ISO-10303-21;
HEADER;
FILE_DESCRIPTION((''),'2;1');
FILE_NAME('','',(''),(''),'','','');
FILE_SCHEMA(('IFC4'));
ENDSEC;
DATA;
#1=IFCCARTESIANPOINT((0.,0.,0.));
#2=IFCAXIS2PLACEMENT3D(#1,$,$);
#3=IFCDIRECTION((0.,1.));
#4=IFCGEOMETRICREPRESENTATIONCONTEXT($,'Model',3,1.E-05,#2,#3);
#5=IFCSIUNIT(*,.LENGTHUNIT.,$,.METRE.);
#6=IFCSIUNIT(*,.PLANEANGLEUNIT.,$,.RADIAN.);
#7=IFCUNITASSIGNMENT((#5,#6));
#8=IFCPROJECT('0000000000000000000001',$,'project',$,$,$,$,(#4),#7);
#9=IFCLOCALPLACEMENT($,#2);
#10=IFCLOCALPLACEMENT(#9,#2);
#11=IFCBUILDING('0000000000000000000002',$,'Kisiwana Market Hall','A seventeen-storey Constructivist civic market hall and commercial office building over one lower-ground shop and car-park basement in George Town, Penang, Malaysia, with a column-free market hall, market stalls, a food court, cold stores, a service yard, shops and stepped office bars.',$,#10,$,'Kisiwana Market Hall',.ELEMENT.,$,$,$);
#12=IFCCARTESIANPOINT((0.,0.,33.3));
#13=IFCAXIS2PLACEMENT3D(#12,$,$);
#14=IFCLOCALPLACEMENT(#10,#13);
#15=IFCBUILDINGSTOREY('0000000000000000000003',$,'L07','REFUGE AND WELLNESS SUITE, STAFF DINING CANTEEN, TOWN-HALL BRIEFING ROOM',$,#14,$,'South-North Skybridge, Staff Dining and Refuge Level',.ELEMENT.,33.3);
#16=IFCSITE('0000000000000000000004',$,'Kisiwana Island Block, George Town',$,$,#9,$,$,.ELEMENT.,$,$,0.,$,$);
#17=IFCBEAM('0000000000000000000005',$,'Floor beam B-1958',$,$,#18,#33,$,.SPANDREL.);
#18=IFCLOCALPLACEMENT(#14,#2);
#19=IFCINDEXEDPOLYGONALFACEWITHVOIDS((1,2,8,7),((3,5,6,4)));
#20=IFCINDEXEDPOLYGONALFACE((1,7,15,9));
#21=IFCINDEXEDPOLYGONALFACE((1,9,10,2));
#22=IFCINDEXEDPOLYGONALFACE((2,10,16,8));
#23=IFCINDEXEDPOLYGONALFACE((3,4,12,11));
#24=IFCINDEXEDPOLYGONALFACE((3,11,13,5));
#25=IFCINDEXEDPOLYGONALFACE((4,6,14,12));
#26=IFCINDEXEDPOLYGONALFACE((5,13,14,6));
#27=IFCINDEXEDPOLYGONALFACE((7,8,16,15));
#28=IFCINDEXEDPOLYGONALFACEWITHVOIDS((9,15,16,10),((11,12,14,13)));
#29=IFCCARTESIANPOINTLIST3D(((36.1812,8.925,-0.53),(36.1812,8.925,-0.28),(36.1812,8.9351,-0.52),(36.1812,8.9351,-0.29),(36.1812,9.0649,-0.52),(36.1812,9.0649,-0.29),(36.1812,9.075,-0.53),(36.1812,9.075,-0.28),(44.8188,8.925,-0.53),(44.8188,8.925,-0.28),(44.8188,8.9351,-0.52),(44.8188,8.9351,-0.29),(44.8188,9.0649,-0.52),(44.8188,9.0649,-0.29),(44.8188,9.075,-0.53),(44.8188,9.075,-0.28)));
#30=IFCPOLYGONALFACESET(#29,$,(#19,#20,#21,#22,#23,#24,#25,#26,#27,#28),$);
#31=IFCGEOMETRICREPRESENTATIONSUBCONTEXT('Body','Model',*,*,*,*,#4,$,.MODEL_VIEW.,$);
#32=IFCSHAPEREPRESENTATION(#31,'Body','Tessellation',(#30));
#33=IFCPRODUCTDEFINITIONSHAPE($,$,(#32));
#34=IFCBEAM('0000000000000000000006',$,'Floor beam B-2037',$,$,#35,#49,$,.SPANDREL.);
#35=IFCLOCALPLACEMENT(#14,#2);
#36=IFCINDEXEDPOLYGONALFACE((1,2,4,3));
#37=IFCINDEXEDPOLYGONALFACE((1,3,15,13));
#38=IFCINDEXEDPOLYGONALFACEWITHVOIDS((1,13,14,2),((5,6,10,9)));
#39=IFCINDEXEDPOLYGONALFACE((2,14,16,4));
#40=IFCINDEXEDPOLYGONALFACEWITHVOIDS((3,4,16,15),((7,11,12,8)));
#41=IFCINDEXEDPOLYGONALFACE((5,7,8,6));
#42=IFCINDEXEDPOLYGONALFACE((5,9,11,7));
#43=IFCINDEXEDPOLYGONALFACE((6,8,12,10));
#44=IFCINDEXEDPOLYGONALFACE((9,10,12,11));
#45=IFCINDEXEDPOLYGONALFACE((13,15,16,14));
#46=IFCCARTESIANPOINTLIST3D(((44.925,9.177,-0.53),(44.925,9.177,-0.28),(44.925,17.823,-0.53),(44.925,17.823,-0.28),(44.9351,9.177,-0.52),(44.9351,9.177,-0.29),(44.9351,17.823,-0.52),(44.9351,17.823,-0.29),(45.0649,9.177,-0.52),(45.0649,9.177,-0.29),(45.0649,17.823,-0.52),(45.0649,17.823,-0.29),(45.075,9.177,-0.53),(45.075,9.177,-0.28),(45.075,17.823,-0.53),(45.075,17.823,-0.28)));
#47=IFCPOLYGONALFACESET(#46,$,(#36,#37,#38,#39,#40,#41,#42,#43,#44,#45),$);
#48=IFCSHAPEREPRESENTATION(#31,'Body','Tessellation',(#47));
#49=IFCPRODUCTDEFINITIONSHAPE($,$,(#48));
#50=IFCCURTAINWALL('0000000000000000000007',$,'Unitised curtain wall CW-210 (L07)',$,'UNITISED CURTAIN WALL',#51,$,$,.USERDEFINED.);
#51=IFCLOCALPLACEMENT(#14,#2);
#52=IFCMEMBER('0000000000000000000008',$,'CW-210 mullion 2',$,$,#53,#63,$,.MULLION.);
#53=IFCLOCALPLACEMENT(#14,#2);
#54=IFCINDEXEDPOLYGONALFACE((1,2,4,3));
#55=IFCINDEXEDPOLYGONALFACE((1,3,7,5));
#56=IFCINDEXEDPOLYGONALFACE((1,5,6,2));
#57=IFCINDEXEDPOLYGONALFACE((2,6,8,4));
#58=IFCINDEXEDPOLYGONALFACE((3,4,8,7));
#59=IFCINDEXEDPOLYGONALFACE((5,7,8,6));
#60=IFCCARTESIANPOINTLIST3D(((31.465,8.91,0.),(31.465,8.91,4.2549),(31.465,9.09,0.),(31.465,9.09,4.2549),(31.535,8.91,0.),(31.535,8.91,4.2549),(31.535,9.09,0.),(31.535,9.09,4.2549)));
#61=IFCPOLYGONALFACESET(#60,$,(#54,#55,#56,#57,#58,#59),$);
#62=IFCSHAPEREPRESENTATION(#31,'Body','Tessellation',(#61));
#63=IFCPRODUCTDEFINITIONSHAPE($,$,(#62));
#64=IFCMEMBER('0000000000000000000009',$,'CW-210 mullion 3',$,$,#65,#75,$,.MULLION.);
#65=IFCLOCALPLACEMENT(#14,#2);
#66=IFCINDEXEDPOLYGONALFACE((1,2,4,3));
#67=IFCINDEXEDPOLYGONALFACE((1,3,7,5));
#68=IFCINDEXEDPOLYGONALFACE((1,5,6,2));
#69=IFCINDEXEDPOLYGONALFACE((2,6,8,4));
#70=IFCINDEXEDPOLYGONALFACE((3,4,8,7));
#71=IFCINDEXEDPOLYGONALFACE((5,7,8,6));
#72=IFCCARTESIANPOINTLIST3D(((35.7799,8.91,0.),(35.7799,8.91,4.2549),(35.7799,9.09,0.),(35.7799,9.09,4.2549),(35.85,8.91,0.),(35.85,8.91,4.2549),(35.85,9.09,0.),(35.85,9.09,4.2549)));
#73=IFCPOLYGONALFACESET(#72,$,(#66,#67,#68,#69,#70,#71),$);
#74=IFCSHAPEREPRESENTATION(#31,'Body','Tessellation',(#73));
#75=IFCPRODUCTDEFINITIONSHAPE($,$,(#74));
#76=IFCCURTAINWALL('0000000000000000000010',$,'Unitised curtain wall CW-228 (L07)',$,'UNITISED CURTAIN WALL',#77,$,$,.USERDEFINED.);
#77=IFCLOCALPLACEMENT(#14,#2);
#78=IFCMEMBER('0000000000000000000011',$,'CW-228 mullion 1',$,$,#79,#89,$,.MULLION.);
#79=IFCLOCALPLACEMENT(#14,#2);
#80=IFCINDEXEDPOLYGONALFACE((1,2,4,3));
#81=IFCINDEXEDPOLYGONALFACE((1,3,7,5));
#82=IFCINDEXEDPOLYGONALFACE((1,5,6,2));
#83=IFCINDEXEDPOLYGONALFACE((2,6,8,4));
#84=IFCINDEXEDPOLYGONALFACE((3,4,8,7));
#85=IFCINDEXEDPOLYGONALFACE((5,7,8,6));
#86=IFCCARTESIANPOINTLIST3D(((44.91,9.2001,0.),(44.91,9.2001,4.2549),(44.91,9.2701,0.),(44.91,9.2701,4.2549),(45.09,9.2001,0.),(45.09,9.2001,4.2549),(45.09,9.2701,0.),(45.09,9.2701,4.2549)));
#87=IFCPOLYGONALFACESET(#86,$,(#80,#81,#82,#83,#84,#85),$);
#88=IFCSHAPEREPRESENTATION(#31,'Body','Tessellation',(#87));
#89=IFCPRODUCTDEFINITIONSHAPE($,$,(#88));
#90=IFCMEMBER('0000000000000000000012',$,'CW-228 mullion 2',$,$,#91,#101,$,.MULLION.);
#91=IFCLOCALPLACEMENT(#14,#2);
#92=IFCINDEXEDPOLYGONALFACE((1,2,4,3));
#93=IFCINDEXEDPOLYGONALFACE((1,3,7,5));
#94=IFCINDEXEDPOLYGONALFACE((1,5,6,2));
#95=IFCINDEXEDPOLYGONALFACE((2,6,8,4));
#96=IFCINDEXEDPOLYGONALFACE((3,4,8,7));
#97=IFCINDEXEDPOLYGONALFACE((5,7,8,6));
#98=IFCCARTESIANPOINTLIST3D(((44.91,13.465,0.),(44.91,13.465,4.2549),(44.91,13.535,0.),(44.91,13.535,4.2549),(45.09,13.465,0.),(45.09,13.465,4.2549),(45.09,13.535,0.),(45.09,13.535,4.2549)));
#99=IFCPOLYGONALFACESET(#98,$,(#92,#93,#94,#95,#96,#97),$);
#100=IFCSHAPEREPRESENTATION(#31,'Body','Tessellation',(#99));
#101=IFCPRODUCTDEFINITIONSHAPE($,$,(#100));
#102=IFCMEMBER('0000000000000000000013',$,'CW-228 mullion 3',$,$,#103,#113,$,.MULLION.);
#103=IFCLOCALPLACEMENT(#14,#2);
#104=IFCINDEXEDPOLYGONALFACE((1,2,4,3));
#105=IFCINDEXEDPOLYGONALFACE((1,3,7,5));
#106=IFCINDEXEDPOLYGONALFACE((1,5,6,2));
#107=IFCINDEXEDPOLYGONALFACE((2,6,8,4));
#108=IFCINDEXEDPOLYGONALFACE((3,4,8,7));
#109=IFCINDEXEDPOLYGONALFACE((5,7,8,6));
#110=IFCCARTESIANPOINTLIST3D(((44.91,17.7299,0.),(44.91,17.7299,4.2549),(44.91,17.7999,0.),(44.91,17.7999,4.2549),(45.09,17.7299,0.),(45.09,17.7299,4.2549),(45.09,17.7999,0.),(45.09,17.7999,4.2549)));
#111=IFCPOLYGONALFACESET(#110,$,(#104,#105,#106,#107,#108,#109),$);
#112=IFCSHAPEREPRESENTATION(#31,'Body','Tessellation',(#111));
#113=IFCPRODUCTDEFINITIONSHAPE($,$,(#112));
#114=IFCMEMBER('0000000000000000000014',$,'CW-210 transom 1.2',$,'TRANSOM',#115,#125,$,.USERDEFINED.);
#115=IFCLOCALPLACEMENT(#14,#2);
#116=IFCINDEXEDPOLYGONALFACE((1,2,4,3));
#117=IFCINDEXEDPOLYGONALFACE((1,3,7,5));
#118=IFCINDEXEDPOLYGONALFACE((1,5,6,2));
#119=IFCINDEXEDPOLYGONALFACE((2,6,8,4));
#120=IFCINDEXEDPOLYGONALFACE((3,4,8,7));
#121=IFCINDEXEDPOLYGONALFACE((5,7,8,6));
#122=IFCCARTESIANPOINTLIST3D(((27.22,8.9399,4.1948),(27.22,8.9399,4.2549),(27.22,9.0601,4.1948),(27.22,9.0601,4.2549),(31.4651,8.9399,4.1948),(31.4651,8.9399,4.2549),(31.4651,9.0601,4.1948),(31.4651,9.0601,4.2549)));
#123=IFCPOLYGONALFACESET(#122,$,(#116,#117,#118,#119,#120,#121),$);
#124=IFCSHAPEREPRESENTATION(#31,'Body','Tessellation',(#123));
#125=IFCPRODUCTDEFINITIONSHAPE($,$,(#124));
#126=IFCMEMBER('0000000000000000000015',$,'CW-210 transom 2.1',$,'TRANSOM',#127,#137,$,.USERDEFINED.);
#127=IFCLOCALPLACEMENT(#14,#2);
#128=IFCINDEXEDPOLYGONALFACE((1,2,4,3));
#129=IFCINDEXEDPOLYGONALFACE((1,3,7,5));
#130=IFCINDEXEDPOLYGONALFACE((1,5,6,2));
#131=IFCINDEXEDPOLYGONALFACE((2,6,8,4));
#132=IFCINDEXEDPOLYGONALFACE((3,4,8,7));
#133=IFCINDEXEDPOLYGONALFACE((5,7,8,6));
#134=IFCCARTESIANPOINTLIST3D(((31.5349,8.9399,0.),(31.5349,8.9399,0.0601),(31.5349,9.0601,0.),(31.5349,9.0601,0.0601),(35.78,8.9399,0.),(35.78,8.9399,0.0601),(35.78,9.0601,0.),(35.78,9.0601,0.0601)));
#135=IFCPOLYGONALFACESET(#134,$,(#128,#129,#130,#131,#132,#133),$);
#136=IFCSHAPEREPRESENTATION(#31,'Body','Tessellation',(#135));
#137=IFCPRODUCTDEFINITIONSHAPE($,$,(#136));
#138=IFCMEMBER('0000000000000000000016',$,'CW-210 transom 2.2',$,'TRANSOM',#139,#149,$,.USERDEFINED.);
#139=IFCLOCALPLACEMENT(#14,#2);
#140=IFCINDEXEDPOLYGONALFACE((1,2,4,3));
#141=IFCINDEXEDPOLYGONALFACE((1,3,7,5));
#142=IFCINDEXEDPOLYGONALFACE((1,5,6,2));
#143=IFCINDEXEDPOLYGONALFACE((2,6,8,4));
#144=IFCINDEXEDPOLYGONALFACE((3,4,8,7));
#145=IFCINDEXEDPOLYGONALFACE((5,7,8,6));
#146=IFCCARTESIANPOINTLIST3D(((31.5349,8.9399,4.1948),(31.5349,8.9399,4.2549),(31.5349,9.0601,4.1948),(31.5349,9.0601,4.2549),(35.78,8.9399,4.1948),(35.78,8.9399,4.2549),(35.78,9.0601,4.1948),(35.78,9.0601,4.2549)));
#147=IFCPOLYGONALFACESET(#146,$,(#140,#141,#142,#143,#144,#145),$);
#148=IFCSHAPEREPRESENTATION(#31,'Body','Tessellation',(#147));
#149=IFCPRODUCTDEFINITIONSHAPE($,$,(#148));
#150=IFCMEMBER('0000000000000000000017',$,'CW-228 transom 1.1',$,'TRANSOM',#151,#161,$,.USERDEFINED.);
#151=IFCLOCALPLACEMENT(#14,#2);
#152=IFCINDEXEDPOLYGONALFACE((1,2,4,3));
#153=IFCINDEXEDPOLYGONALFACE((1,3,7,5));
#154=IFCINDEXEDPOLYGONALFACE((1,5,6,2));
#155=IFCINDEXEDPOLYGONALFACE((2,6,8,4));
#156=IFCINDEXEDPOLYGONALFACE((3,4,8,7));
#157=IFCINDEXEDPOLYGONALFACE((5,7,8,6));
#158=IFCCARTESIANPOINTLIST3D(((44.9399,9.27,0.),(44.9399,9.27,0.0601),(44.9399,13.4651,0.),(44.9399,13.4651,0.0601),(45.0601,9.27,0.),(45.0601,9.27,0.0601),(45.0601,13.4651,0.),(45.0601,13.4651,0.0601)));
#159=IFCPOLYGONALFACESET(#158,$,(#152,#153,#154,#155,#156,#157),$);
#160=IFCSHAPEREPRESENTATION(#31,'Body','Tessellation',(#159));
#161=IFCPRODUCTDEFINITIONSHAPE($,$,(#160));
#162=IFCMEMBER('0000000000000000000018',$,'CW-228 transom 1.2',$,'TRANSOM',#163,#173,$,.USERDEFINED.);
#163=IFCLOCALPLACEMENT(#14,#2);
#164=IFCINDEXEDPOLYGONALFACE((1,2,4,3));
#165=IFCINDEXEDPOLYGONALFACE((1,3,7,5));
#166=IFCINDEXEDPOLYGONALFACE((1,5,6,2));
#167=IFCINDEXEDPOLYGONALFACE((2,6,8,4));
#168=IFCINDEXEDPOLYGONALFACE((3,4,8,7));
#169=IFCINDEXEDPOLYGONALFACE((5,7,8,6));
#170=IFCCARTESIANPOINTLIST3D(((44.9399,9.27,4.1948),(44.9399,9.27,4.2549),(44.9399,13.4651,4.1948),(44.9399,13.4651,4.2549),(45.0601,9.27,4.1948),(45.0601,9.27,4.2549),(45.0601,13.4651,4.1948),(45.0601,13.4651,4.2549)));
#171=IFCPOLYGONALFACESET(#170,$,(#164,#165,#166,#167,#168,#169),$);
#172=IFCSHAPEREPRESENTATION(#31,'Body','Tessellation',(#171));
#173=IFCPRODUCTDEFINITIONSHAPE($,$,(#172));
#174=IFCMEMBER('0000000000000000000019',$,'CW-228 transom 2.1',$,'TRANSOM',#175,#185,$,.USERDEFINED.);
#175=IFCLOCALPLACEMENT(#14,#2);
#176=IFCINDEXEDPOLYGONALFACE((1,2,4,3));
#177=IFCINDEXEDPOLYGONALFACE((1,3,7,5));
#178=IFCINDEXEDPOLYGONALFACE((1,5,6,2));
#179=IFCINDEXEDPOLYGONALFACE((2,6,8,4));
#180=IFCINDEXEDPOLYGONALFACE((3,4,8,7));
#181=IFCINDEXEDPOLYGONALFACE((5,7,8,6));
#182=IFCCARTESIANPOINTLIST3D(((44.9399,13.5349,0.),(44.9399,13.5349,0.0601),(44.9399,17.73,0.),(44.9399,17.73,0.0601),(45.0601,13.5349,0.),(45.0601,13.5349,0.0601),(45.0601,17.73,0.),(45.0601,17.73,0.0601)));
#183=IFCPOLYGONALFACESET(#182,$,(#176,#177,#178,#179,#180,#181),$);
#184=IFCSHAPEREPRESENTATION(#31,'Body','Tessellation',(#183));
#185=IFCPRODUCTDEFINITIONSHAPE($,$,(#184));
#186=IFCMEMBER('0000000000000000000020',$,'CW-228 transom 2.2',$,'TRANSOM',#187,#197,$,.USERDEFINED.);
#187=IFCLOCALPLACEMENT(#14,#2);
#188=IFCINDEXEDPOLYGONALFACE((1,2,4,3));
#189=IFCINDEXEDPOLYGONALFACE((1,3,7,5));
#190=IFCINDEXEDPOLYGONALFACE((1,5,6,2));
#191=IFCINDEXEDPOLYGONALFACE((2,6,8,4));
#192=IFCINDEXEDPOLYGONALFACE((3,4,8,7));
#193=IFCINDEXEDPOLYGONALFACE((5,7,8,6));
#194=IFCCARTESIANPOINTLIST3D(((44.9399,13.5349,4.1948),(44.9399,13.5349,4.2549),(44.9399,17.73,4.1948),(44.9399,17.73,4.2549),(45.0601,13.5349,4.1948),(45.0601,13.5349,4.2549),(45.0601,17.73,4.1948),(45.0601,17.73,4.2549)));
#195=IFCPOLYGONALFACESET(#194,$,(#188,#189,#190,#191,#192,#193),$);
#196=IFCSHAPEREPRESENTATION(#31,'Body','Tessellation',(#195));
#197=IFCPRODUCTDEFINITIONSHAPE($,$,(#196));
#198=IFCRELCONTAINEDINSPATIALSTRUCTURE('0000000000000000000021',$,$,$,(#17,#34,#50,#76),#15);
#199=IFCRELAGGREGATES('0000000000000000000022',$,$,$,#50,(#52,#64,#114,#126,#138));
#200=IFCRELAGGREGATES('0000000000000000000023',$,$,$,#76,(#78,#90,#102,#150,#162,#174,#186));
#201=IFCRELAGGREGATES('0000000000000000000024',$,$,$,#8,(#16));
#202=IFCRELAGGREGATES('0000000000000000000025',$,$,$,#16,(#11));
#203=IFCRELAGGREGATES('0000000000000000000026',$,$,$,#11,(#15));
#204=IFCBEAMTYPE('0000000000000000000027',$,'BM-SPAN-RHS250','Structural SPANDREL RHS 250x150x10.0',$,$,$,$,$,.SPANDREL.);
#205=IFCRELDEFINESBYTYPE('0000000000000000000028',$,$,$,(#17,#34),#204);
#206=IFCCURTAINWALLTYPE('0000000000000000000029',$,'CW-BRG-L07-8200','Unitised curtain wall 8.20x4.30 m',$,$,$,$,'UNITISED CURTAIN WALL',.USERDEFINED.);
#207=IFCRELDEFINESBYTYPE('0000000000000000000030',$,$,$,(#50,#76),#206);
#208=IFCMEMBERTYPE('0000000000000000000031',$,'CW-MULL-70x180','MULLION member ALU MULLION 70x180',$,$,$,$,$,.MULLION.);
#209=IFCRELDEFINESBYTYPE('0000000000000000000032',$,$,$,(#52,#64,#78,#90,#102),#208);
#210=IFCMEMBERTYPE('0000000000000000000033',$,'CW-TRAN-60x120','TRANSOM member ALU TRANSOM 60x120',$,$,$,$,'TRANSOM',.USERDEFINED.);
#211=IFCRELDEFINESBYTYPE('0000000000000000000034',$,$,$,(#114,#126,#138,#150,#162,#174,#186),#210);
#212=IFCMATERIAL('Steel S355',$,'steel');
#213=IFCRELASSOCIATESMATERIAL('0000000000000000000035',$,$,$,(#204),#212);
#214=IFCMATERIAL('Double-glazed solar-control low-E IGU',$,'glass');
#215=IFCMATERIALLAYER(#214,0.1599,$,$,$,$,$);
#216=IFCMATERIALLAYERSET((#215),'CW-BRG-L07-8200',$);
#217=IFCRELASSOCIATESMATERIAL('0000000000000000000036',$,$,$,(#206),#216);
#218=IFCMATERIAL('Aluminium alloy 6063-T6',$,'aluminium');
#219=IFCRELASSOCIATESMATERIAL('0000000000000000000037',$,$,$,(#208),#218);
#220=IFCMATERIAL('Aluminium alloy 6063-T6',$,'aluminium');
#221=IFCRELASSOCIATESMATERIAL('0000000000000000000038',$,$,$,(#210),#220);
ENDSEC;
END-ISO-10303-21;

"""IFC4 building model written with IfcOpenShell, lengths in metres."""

from ifc_helpers import new_model, si_unit, direction, frame, origin, origin_2d, place, context, subcontext, project, spatial, rectangle, hollow_rectangle, extrude, material, layer, layer_set, material_profile, profile_set, type_object, element, aggregate, save


model = new_model("IFC4")

# Units and contexts
model_context = context("Model", 3, precision=1e-05, world=origin(), true_north=direction((0.0, 1.0)))
body_context = subcontext(model_context, "Body", "Model", "MODEL_VIEW")
ifc_project = project(units=[si_unit("LENGTHUNIT", "METRE"), si_unit("PLANEANGLEUNIT", "RADIAN")], contexts=[model_context])

# Site, building, storey
site_placement = place(None, origin())
site = spatial("IfcSite", under=ifc_project, at=site_placement, Name="Kisiwana Island Block, George Town", CompositionType="ELEMENT", RefElevation=0.0)
building_placement = place(site_placement, origin())
building = spatial("IfcBuilding", under=site, at=building_placement, Name="Kisiwana Market Hall", Description="A seventeen-storey Constructivist civic market hall and commercial office building over one lower-ground shop and car-park basement in George Town, Penang, Malaysia, with a column-free market hall, market stalls, a food court, cold stores, a service yard, shops and stepped office bars.", LongName="Kisiwana Market Hall", CompositionType="ELEMENT")
storey_placement = place(building_placement, frame((0.0, 0.0, 33.3)))
storey = spatial("IfcBuildingStorey", under=building, at=storey_placement, Name="L07", Description="REFUGE AND WELLNESS SUITE, STAFF DINING CANTEEN, TOWN-HALL BRIEFING ROOM", LongName="South-North Skybridge, Staff Dining and Refuge Level", CompositionType="ELEMENT", Elevation=33.3)

# Beams
ifc_material_1 = material(Name="Steel S355", Category="steel")
ifc_material_profile_1 = material_profile(ifc_material_1, hollow_rectangle(XDim=0.1499, YDim=0.25, WallThickness=0.01, at=origin_2d()), Name="RHS 250x150x10.0")
ifc_profile_set_1 = profile_set([ifc_material_profile_1], Name="Steel S355")
beam_type_1 = type_object("IfcBeamType", Name="BM-SPAN-RHS250", Description="Structural SPANDREL RHS 250x150x10.0", PredefinedType="SPANDREL", material=ifc_profile_set_1)
beam_1_placement = place(storey_placement, frame((36.1812, 9.0, -0.405), z_axis=(1.0, 0.0, 0.0), x_axis=(0.0, 1.0, 0.0)))
element("IfcBeam", 1, at=beam_1_placement, inside=storey, type_object=beam_type_1, Name="Floor beam B-1958", PredefinedType="SPANDREL", context=body_context, shape_type="SweptSolid", body=[
    extrude(hollow_rectangle(XDim=0.1499, YDim=0.25, WallThickness=0.01, at=origin_2d()), origin(), (0.0, 0.0, 1.0), 8.6377),
])
beam_2_placement = place(storey_placement, frame((45.0, 9.177, -0.405), z_axis=(0.0, 1.0, 0.0), x_axis=(-1.0, 0.0, 0.0)))
element("IfcBeam", 2, at=beam_2_placement, inside=storey, type_object=beam_type_1, Name="Floor beam B-2037", PredefinedType="SPANDREL", context=body_context, shape_type="SweptSolid", body=[
    extrude(hollow_rectangle(XDim=0.1499, YDim=0.25, WallThickness=0.01, at=origin_2d()), origin(), (0.0, 0.0, 1.0), 8.646),
])

# Curtain walls, members
ifc_material_2 = material(Name="Double-glazed solar-control low-E IGU", Category="glass")
ifc_layer_1 = layer(ifc_material_2, 0.1599)
ifc_layer_set_1 = layer_set([ifc_layer_1], Name="CW-BRG-L07-8200")
curtain_wall_type = type_object("IfcCurtainWallType", Name="CW-BRG-L07-8200", Description="Unitised curtain wall 8.20x4.30 m", ElementType="UNITISED CURTAIN WALL", PredefinedType="USERDEFINED", material=ifc_layer_set_1)
curtain_wall_1_placement = place(storey_placement, origin())
curtain_wall_1 = element("IfcCurtainWall", 3, at=curtain_wall_1_placement, inside=storey, type_object=curtain_wall_type, Name="Unitised curtain wall CW-210 (L07)", ObjectType="UNITISED CURTAIN WALL", PredefinedType="USERDEFINED")
ifc_material_3 = material(Name="Aluminium alloy 6063-T6", Category="aluminium")
ifc_material_profile_2 = material_profile(ifc_material_3, rectangle(XDim=0.0701, YDim=0.1799, at=origin_2d()), Name="ALU MULLION 70x180")
ifc_profile_set_2 = profile_set([ifc_material_profile_2], Name="Aluminium alloy 6063-T6")
member_type_1 = type_object("IfcMemberType", Name="CW-MULL-70x180", Description="MULLION member ALU MULLION 70x180", PredefinedType="MULLION", material=ifc_profile_set_2)
member_1_placement = place(storey_placement, frame((31.5, 9.0, 0.0), z_axis=(0.0, 0.0, 1.0), x_axis=(1.0, 0.0, 0.0)))
member_1 = element("IfcMember", 4, at=member_1_placement, type_object=member_type_1, Name="CW-210 mullion 2", PredefinedType="MULLION", context=body_context, shape_type="SweptSolid", body=[
    extrude(rectangle(XDim=0.0701, YDim=0.1799, at=origin_2d()), origin(), (0.0, 0.0, 1.0), 4.2549),
])
member_2_placement = place(storey_placement, frame((35.8149, 9.0, 0.0), z_axis=(0.0, 0.0, 1.0), x_axis=(1.0, 0.0, 0.0)))
member_2 = element("IfcMember", 5, at=member_2_placement, type_object=member_type_1, Name="CW-210 mullion 3", PredefinedType="MULLION", context=body_context, shape_type="SweptSolid", body=[
    extrude(rectangle(XDim=0.0701, YDim=0.1799, at=origin_2d()), origin(), (0.0, 0.0, 1.0), 4.2549),
])
curtain_wall_2_placement = place(storey_placement, origin())
curtain_wall_2 = element("IfcCurtainWall", 6, at=curtain_wall_2_placement, inside=storey, type_object=curtain_wall_type, Name="Unitised curtain wall CW-228 (L07)", ObjectType="UNITISED CURTAIN WALL", PredefinedType="USERDEFINED")
member_3_placement = place(storey_placement, frame((45.0, 9.2351, 0.0), z_axis=(0.0, 0.0, 1.0), x_axis=(0.0, 1.0, 0.0)))
member_3 = element("IfcMember", 7, at=member_3_placement, type_object=member_type_1, Name="CW-228 mullion 1", PredefinedType="MULLION", context=body_context, shape_type="SweptSolid", body=[
    extrude(rectangle(XDim=0.0701, YDim=0.1799, at=origin_2d()), origin(), (0.0, 0.0, 1.0), 4.2549),
])
member_4_placement = place(storey_placement, frame((45.0, 13.5, 0.0), z_axis=(0.0, 0.0, 1.0), x_axis=(0.0, 1.0, 0.0)))
member_4 = element("IfcMember", 8, at=member_4_placement, type_object=member_type_1, Name="CW-228 mullion 2", PredefinedType="MULLION", context=body_context, shape_type="SweptSolid", body=[
    extrude(rectangle(XDim=0.0701, YDim=0.1799, at=origin_2d()), origin(), (0.0, 0.0, 1.0), 4.2549),
])
member_5_placement = place(storey_placement, frame((45.0, 17.7649, 0.0), z_axis=(0.0, 0.0, 1.0), x_axis=(0.0, 1.0, 0.0)))
member_5 = element("IfcMember", 9, at=member_5_placement, type_object=member_type_1, Name="CW-228 mullion 3", PredefinedType="MULLION", context=body_context, shape_type="SweptSolid", body=[
    extrude(rectangle(XDim=0.0701, YDim=0.1799, at=origin_2d()), origin(), (0.0, 0.0, 1.0), 4.2549),
])

# Members
ifc_material_4 = material(Name="Aluminium alloy 6063-T6", Category="aluminium")
ifc_material_profile_3 = material_profile(ifc_material_4, rectangle(XDim=0.1201, YDim=0.0601, at=origin_2d()), Name="ALU TRANSOM 60x120")
ifc_profile_set_3 = profile_set([ifc_material_profile_3], Name="Aluminium alloy 6063-T6")
member_type_2 = type_object("IfcMemberType", Name="CW-TRAN-60x120", Description="TRANSOM member ALU TRANSOM 60x120", ElementType="TRANSOM", PredefinedType="USERDEFINED", material=ifc_profile_set_3)
member_6_placement = place(storey_placement, frame((27.22, 9.0, 4.2249), z_axis=(1.0, 0.0, 0.0), x_axis=(0.0, 1.0, 0.0)))
member_6 = element("IfcMember", 10, at=member_6_placement, type_object=member_type_2, Name="CW-210 transom 1.2", ObjectType="TRANSOM", PredefinedType="USERDEFINED", context=body_context, shape_type="SweptSolid", body=[
    extrude(rectangle(XDim=0.1201, YDim=0.0601, at=origin_2d()), origin(), (0.0, 0.0, 1.0), 4.2451),
])
member_7_placement = place(storey_placement, frame((31.5349, 9.0, 0.03), z_axis=(1.0, 0.0, 0.0), x_axis=(0.0, 1.0, 0.0)))
member_7 = element("IfcMember", 11, at=member_7_placement, type_object=member_type_2, Name="CW-210 transom 2.1", ObjectType="TRANSOM", PredefinedType="USERDEFINED", context=body_context, shape_type="SweptSolid", body=[
    extrude(rectangle(XDim=0.1201, YDim=0.0601, at=origin_2d()), origin(), (0.0, 0.0, 1.0), 4.2451),
])
member_8_placement = place(storey_placement, frame((31.5349, 9.0, 4.2249), z_axis=(1.0, 0.0, 0.0), x_axis=(0.0, 1.0, 0.0)))
member_8 = element("IfcMember", 12, at=member_8_placement, type_object=member_type_2, Name="CW-210 transom 2.2", ObjectType="TRANSOM", PredefinedType="USERDEFINED", context=body_context, shape_type="SweptSolid", body=[
    extrude(rectangle(XDim=0.1201, YDim=0.0601, at=origin_2d()), origin(), (0.0, 0.0, 1.0), 4.2451),
])
member_9_placement = place(storey_placement, frame((45.0, 9.27, 0.03), z_axis=(0.0, 1.0, 0.0), x_axis=(-1.0, 0.0, 0.0)))
member_9 = element("IfcMember", 13, at=member_9_placement, type_object=member_type_2, Name="CW-228 transom 1.1", ObjectType="TRANSOM", PredefinedType="USERDEFINED", context=body_context, shape_type="SweptSolid", body=[
    extrude(rectangle(XDim=0.1201, YDim=0.0601, at=origin_2d()), origin(), (0.0, 0.0, 1.0), 4.1951),
])
member_10_placement = place(storey_placement, frame((45.0, 9.27, 4.2249), z_axis=(0.0, 1.0, 0.0), x_axis=(-1.0, 0.0, 0.0)))
member_10 = element("IfcMember", 14, at=member_10_placement, type_object=member_type_2, Name="CW-228 transom 1.2", ObjectType="TRANSOM", PredefinedType="USERDEFINED", context=body_context, shape_type="SweptSolid", body=[
    extrude(rectangle(XDim=0.1201, YDim=0.0601, at=origin_2d()), origin(), (0.0, 0.0, 1.0), 4.1951),
])
member_11_placement = place(storey_placement, frame((45.0, 13.5349, 0.03), z_axis=(0.0, 1.0, 0.0), x_axis=(-1.0, 0.0, 0.0)))
member_11 = element("IfcMember", 15, at=member_11_placement, type_object=member_type_2, Name="CW-228 transom 2.1", ObjectType="TRANSOM", PredefinedType="USERDEFINED", context=body_context, shape_type="SweptSolid", body=[
    extrude(rectangle(XDim=0.1201, YDim=0.0601, at=origin_2d()), origin(), (0.0, 0.0, 1.0), 4.1951),
])
member_12_placement = place(storey_placement, frame((45.0, 13.5349, 4.2249), z_axis=(0.0, 1.0, 0.0), x_axis=(-1.0, 0.0, 0.0)))
member_12 = element("IfcMember", 16, at=member_12_placement, type_object=member_type_2, Name="CW-228 transom 2.2", ObjectType="TRANSOM", PredefinedType="USERDEFINED", context=body_context, shape_type="SweptSolid", body=[
    extrude(rectangle(XDim=0.1201, YDim=0.0601, at=origin_2d()), origin(), (0.0, 0.0, 1.0), 4.1951),
])

aggregate(curtain_wall_1, [member_1, member_2, member_6, member_7, member_8])
aggregate(curtain_wall_2, [member_3, member_4, member_5, member_9, member_10, member_11, member_12])

save(model, "model.ifc")
